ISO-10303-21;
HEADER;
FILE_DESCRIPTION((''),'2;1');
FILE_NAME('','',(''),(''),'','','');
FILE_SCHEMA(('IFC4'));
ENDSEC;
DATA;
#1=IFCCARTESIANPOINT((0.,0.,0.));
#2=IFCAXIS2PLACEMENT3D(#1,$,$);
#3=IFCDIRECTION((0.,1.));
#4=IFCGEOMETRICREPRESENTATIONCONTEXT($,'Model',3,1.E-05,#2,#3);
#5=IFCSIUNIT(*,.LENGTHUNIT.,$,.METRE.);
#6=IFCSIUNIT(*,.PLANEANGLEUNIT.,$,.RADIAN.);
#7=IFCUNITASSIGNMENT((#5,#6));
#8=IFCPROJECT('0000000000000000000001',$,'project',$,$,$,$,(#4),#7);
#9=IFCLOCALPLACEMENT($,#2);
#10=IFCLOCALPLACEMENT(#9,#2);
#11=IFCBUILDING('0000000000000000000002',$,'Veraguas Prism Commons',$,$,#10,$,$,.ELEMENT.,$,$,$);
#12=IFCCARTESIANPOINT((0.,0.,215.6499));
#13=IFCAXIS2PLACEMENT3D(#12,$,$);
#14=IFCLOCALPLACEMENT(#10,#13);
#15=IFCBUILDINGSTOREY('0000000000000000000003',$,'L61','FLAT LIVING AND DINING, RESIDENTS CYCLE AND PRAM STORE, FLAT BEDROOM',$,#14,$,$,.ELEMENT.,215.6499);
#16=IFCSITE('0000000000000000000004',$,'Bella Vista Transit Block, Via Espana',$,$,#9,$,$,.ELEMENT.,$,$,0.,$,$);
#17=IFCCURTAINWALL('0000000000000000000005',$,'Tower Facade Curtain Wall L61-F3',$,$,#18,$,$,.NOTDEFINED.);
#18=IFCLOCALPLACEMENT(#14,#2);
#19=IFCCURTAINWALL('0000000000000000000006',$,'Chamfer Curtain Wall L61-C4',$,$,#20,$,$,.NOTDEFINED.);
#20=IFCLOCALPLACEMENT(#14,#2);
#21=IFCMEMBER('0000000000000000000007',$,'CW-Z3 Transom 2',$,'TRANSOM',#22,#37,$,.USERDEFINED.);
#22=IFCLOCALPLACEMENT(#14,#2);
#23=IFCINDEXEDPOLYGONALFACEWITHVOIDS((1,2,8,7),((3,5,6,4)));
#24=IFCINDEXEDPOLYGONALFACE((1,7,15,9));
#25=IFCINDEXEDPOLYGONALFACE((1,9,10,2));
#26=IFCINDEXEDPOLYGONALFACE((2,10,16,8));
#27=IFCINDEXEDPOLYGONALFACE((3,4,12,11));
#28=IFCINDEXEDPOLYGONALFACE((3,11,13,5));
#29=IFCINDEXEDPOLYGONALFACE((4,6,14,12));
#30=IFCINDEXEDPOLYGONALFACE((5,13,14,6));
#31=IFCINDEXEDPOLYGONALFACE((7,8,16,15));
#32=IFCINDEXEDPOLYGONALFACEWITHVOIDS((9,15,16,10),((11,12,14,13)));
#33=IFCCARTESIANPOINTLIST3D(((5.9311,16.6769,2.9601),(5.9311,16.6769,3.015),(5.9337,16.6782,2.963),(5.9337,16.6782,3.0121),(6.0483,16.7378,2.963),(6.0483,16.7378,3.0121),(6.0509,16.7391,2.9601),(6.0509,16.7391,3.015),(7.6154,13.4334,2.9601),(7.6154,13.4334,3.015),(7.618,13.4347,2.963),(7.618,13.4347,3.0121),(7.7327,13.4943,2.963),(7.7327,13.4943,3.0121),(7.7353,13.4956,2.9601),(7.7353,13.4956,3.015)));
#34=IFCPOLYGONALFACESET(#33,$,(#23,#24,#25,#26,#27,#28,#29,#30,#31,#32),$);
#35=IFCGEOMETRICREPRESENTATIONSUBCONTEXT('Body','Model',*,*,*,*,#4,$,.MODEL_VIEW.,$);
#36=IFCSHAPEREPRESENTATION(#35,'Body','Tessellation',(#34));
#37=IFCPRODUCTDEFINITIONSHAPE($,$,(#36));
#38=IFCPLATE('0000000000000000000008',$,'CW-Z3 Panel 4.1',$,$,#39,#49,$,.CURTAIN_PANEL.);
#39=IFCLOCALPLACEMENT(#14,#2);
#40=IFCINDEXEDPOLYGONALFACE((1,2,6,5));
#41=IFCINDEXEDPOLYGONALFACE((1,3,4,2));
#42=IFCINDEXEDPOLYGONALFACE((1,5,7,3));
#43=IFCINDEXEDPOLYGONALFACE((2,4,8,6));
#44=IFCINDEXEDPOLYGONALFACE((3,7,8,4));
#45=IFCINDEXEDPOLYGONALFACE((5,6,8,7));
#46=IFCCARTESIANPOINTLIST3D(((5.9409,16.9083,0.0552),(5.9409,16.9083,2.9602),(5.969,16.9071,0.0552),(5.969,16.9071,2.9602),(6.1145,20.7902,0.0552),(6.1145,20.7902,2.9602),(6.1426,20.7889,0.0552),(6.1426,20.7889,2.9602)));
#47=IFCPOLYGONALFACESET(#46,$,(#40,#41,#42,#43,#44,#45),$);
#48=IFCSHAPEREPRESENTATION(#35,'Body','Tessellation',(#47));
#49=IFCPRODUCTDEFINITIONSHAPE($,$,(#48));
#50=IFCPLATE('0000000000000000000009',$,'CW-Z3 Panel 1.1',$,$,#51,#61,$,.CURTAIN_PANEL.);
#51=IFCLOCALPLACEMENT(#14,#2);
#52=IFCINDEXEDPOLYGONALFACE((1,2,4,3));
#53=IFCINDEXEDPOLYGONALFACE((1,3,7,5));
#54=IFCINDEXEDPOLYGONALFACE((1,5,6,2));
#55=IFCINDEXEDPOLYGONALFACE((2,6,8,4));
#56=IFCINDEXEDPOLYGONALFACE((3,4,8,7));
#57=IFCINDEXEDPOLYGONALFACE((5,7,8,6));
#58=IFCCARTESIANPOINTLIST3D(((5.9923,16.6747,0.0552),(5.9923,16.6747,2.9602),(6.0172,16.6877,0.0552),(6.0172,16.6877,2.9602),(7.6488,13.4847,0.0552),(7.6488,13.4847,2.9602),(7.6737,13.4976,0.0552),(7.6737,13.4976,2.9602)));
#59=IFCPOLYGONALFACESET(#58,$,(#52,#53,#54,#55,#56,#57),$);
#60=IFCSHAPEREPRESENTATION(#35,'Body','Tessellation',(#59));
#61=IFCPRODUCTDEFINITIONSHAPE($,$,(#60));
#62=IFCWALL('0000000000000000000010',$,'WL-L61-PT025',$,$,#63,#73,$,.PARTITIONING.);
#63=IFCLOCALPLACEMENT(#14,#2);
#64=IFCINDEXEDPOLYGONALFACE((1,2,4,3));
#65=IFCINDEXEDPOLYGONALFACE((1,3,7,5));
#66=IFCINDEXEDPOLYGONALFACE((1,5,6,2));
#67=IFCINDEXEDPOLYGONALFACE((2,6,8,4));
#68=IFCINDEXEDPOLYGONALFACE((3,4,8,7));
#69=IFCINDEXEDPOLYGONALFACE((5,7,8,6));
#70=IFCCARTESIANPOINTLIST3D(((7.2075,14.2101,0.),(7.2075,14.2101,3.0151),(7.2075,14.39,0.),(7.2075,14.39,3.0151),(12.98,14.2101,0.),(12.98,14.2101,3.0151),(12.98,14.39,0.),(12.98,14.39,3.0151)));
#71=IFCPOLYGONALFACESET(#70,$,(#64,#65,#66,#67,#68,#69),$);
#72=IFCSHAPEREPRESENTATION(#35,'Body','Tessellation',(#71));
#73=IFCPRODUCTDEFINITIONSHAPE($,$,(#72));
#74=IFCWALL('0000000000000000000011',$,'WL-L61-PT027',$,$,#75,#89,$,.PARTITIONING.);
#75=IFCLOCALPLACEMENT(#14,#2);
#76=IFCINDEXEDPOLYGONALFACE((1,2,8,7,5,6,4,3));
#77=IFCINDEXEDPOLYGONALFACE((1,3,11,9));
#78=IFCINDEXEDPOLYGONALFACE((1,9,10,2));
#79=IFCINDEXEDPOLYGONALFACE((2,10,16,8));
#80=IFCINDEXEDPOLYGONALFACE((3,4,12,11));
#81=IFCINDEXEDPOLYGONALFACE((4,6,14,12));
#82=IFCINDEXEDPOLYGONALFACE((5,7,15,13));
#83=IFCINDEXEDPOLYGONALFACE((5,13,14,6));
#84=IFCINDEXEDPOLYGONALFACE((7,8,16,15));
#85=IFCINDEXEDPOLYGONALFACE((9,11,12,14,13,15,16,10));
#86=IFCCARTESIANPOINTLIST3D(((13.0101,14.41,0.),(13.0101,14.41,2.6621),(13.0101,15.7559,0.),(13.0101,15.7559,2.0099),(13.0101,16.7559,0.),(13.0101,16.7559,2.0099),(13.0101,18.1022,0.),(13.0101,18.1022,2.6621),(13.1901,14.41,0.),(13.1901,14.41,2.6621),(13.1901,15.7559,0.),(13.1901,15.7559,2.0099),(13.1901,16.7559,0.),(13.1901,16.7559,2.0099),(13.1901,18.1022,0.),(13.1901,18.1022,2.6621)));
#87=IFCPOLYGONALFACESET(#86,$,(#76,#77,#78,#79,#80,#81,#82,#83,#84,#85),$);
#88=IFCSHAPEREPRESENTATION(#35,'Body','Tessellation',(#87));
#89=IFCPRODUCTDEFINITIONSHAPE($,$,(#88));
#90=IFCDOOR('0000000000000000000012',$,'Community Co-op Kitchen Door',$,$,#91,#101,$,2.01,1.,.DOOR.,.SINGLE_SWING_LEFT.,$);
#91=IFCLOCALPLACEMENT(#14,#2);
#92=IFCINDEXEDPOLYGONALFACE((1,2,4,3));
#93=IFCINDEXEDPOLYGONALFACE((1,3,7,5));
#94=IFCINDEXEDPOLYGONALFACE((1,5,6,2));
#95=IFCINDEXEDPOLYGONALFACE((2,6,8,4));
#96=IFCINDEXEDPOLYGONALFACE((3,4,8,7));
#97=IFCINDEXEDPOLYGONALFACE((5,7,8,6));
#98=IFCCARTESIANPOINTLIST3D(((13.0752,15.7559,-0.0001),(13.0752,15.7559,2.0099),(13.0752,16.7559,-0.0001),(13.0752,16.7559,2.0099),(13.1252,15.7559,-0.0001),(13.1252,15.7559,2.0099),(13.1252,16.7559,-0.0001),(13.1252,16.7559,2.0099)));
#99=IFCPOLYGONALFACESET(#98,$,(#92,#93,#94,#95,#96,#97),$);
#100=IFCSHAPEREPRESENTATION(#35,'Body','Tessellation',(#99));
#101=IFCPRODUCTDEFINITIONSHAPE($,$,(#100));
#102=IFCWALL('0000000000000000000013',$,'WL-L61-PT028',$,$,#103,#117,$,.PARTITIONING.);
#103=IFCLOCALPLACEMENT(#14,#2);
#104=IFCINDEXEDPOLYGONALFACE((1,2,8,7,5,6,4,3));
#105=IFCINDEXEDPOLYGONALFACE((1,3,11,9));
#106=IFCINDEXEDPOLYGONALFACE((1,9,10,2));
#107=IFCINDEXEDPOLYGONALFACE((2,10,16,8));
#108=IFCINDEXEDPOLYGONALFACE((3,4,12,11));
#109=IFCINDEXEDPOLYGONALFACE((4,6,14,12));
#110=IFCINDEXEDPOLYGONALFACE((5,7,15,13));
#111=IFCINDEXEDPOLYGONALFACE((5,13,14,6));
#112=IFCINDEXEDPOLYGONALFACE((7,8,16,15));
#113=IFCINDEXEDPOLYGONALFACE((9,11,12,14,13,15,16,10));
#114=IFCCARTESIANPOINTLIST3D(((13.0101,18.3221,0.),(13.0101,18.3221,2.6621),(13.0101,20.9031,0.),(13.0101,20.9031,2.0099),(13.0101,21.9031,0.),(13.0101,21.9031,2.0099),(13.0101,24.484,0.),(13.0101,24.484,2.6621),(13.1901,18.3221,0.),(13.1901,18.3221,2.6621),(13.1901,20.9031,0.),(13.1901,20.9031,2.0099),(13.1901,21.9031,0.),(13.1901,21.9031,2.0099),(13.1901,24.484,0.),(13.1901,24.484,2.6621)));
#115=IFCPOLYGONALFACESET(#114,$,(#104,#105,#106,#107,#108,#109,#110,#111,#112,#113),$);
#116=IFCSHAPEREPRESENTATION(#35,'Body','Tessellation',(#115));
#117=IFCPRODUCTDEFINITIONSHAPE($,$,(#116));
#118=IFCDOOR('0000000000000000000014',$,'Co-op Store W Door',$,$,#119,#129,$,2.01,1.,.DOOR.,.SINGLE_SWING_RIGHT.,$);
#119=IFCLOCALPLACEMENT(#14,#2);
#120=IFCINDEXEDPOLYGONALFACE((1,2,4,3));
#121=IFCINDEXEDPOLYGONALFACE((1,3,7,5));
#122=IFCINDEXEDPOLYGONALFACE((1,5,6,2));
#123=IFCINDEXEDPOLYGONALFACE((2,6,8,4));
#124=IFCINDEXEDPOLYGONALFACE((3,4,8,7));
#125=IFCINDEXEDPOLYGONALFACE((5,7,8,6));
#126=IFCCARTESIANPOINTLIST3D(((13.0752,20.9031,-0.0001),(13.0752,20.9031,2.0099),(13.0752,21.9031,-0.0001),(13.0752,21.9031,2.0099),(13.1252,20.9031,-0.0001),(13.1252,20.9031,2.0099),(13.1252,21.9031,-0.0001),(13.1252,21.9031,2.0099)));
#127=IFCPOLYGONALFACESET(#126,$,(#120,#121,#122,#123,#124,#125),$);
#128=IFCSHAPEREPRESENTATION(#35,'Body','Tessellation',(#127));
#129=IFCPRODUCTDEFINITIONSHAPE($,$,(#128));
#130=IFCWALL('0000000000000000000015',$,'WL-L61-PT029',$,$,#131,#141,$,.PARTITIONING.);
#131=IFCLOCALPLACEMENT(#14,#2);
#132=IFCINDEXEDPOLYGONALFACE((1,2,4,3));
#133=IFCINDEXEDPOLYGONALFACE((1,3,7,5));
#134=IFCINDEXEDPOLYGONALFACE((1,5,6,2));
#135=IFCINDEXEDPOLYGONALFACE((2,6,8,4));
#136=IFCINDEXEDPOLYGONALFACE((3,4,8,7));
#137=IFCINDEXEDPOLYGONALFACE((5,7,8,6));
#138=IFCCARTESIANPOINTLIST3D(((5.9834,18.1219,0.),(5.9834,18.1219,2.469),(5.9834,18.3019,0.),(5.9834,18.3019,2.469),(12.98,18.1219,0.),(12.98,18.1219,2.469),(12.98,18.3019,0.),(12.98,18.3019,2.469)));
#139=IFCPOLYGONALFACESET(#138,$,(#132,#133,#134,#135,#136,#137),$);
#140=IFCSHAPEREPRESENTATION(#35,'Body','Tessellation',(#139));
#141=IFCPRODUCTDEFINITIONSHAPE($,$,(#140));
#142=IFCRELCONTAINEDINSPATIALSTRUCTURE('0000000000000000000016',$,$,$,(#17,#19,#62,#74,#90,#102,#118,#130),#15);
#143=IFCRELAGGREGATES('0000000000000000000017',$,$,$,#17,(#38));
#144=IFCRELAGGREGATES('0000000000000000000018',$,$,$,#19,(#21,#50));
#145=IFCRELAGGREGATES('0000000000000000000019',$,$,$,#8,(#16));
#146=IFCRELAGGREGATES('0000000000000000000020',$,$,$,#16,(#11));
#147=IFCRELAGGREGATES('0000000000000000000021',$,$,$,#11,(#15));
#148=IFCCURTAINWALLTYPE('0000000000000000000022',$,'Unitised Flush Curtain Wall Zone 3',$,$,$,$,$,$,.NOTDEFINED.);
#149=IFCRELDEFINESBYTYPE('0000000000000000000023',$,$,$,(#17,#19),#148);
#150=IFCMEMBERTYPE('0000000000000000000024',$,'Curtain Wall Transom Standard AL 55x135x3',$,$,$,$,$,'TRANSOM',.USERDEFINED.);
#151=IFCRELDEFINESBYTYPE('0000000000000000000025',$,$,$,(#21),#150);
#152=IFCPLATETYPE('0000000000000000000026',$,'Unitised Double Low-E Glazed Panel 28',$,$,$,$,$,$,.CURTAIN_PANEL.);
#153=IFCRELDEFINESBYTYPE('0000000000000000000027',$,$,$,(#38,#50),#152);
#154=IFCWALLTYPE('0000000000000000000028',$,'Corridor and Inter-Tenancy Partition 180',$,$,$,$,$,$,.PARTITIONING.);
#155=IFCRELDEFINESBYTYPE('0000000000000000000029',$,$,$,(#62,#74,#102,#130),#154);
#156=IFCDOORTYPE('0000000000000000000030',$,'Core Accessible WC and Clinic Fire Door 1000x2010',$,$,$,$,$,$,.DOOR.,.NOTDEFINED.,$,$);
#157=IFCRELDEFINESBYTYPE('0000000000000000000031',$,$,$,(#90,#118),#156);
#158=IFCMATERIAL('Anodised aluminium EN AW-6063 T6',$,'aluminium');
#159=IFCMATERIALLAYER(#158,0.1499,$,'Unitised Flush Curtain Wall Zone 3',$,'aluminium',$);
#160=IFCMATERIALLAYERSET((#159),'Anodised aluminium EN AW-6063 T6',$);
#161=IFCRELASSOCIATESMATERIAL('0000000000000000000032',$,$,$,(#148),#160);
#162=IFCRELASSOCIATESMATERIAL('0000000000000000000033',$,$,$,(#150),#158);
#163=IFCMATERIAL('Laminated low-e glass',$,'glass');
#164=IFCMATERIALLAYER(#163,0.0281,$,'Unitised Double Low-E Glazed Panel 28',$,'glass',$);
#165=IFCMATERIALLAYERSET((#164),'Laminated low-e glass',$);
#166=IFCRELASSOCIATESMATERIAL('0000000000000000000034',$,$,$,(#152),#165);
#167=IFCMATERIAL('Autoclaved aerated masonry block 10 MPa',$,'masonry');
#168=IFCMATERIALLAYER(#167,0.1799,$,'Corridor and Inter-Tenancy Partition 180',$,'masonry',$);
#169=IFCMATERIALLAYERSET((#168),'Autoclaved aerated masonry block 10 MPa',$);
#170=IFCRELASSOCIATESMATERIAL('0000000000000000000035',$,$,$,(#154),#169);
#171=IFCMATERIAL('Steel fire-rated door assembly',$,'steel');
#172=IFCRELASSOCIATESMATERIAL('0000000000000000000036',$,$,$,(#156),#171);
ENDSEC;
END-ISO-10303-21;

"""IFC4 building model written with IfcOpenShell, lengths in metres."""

from ifc_helpers import new_model, si_unit, direction, frame, frame_2d, origin, origin_2d, place, context, subcontext, project, spatial, rectangle, hollow_rectangle, extrude, source, transform, mapped, material, layer, layer_set, material_profile, profile_set, type_object, element, fill, aggregate, save


model = new_model("IFC4")

# Units and contexts
model_context = context("Model", 3, precision=1e-05, world=origin(), true_north=direction((0.0, 1.0)))
body_context = subcontext(model_context, "Body", "Model", "MODEL_VIEW")
ifc_project = project(units=[si_unit("LENGTHUNIT", "METRE"), si_unit("PLANEANGLEUNIT", "RADIAN")], contexts=[model_context])

# Site, building, storey
site_placement = place(None, origin())
site = spatial("IfcSite", under=ifc_project, at=site_placement, Name="Bella Vista Transit Block, Via Espana", CompositionType="ELEMENT", RefElevation=0.0)
building_placement = place(site_placement, origin())
building = spatial("IfcBuilding", under=site, at=building_placement, Name="Veraguas Prism Commons", CompositionType="ELEMENT")
storey_placement = place(building_placement, frame((0.0, 0.0, 215.6499)))
storey = spatial("IfcBuildingStorey", under=building, at=storey_placement, Name="L61", Description="FLAT LIVING AND DINING, RESIDENTS CYCLE AND PRAM STORE, FLAT BEDROOM", CompositionType="ELEMENT", Elevation=215.6499)

# Shared definitions
ifc_material_1 = material(Name="Anodised aluminium EN AW-6063 T6", Category="aluminium")
ifc_layer_1 = layer(ifc_material_1, 0.1499, Name="Unitised Flush Curtain Wall Zone 3", Category="aluminium")
ifc_layer_set_1 = layer_set([ifc_layer_1], Name="Anodised aluminium EN AW-6063 T6")
curtain_wall_type = type_object("IfcCurtainWallType", Name="Unitised Flush Curtain Wall Zone 3", PredefinedType="NOTDEFINED", material=ifc_layer_set_1)
ifc_material_profile_1 = material_profile(ifc_material_1, hollow_rectangle(XDim=0.0549, YDim=0.135, WallThickness=0.0029, at=origin_2d()), Name="AL55X135X3")
ifc_profile_set_1 = profile_set([ifc_material_profile_1], Name="Anodised aluminium EN AW-6063 T6")
member_type_1 = type_object("IfcMemberType", Name="Curtain Wall Transom Standard AL 55x135x3", ElementType="TRANSOM", PredefinedType="USERDEFINED", material=ifc_profile_set_1)

# Curtain walls, member
curtain_wall_1_placement = place(storey_placement, origin())
curtain_wall_1 = element("IfcCurtainWall", 1, at=curtain_wall_1_placement, inside=storey, type_object=curtain_wall_type, Name="Tower Facade Curtain Wall L61-F3", PredefinedType="NOTDEFINED")
curtain_wall_2_placement = place(storey_placement, origin())
curtain_wall_2 = element("IfcCurtainWall", 2, at=curtain_wall_2_placement, inside=storey, type_object=curtain_wall_type, Name="Chamfer Curtain Wall L61-C4", PredefinedType="NOTDEFINED")
shared_shape_1 = source(origin(), body_context, "Body", "SweptSolid", [
    extrude(hollow_rectangle(XDim=0.0549, YDim=0.135, WallThickness=0.0029, at=origin_2d()), origin(), (0.0, 0.0, 1.0), 3.6548),
])
member_1_placement = place(storey_placement, frame((5.991, 16.708, 2.9875), z_axis=(0.460869, -0.887468, 0.0), x_axis=(0.0, 0.0, 1.0)))
member_1 = element("IfcMember", 3, at=member_1_placement, type_object=member_type_1, Name="CW-Z3 Transom 2", ObjectType="TRANSOM", PredefinedType="USERDEFINED", context=body_context, shape_type="MappedRepresentation", body=[
    mapped(shared_shape_1, transform((0.0, 0.0, 0.0), scale=1.0)),
])

# Plates
ifc_material_2 = material(Name="Laminated low-e glass", Category="glass")
ifc_layer_2 = layer(ifc_material_2, 0.0281, Name="Unitised Double Low-E Glazed Panel 28", Category="glass")
ifc_layer_set_2 = layer_set([ifc_layer_2], Name="Laminated low-e glass")
plate_type = type_object("IfcPlateType", Name="Unitised Double Low-E Glazed Panel 28", PredefinedType="CURTAIN_PANEL", material=ifc_layer_set_2)
shared_shape_2 = source(origin(), body_context, "Body", "SweptSolid", [
    extrude(rectangle(XDim=3.8857, YDim=0.0281, at=origin_2d()), origin(), (0.0, 0.0, 1.0), 2.905),
])
plate_1_placement = place(storey_placement, frame((6.0417, 18.8486, 0.0552), z_axis=(0.0, 0.0, 1.0), x_axis=(-0.044666, -0.999002, 0.0)))
plate_1 = element("IfcPlate", 4, at=plate_1_placement, type_object=plate_type, Name="CW-Z3 Panel 4.1", PredefinedType="CURTAIN_PANEL", context=body_context, shape_type="MappedRepresentation", body=[
    mapped(shared_shape_2, transform((0.0, 0.0, 0.0), scale=1.0)),
])
aggregate(curtain_wall_1, [plate_1])
shared_shape_3 = source(origin(), body_context, "Body", "SweptSolid", [
    extrude(rectangle(XDim=3.5945, YDim=0.0281, at=origin_2d()), origin(), (0.0, 0.0, 1.0), 2.905),
])
plate_2_placement = place(storey_placement, frame((6.833, 15.0862, 0.0552), z_axis=(0.0, 0.0, 1.0), x_axis=(0.460837, -0.887485, 0.0)))
plate_2 = element("IfcPlate", 5, at=plate_2_placement, type_object=plate_type, Name="CW-Z3 Panel 1.1", PredefinedType="CURTAIN_PANEL", context=body_context, shape_type="MappedRepresentation", body=[
    mapped(shared_shape_3, transform((0.0, 0.0, 0.0), scale=1.0)),
])
aggregate(curtain_wall_2, [member_1, plate_2])

# Wall
ifc_material_3 = material(Name="Autoclaved aerated masonry block 10 MPa", Category="masonry")
ifc_layer_3 = layer(ifc_material_3, 0.1799, Name="Corridor and Inter-Tenancy Partition 180", Category="masonry")
ifc_layer_set_3 = layer_set([ifc_layer_3], Name="Autoclaved aerated masonry block 10 MPa")
wall_type = type_object("IfcWallType", Name="Corridor and Inter-Tenancy Partition 180", PredefinedType="PARTITIONING", material=ifc_layer_set_3)
wall_1_placement = place(storey_placement, frame((12.98, 14.3, 0.0), z_axis=(0.0, 0.0, 1.0), x_axis=(-1.0, 0.0, 0.0)))
element("IfcWall", 6, at=wall_1_placement, inside=storey, type_object=wall_type, Name="WL-L61-PT025", PredefinedType="PARTITIONING", context=body_context, shape_type="SweptSolid", body=[
    extrude(rectangle(XDim=5.7725, YDim=0.1799, at=frame_2d((2.8862, 0.0))), origin(), (0.0, 0.0, 1.0), 3.0151),
])

# Walls, openings, doors
wall_2_placement = place(storey_placement, frame((13.1001, 14.4099, 0.0), z_axis=(0.0, 0.0, 1.0), x_axis=(0.0, 1.0, 0.0)))
wall_2 = element("IfcWall", 7, at=wall_2_placement, inside=storey, type_object=wall_type, Name="WL-L61-PT027", PredefinedType="PARTITIONING", context=body_context, shape_type="SweptSolid", body=[
    extrude(rectangle(XDim=3.6921, YDim=0.1799, at=frame_2d((1.8462, 0.0))), origin(), (0.0, 0.0, 1.0), 2.6621),
])
opening_1_placement = place(wall_2_placement, frame((1.3459, 0.0, 0.0)))
opening_1 = element("IfcOpeningElement", 8, at=opening_1_placement, cuts=wall_2, PredefinedType="OPENING", context=body_context, shape_type="SweptSolid", body=[
    extrude(rectangle(XDim=1.0, YDim=2.01, at=frame_2d((0.5, 1.0049))), frame((0.0, 0.0999, 0.0), z_axis=(0.0, -1.0, 0.0), x_axis=(1.0, 0.0, 0.0)), (0.0, 0.0, 1.0), 0.2),
])
ifc_material_4 = material(Name="Steel fire-rated door assembly", Category="steel")
door_type = type_object("IfcDoorType", Name="Core Accessible WC and Clinic Fire Door 1000x2010", OperationType="NOTDEFINED", PredefinedType="DOOR", material=ifc_material_4)
shared_shape_4 = source(origin(), body_context, "Body", "SweptSolid", [
    extrude(rectangle(XDim=1.0, YDim=2.01, at=frame_2d((0.5, 1.0049))), frame((0.0, 0.0249, 0.0), z_axis=(0.0, -1.0, 0.0), x_axis=(1.0, 0.0, 0.0)), (0.0, 0.0, 1.0), 0.05),
])
door_1_placement = place(opening_1_placement, origin())
door_1 = element("IfcDoor", 9, at=door_1_placement, inside=storey, type_object=door_type, Name="Community Co-op Kitchen Door", OperationType="SINGLE_SWING_LEFT", OverallHeight=2.01, OverallWidth=1.0, PredefinedType="DOOR", context=body_context, shape_type="MappedRepresentation", body=[
    mapped(shared_shape_4, transform((0.0, 0.0, 0.0), scale=1.0)),
])
fill(opening_1, door_1)
wall_3_placement = place(storey_placement, frame((13.1001, 18.322, 0.0), z_axis=(0.0, 0.0, 1.0), x_axis=(0.0, 1.0, 0.0)))
wall_3 = element("IfcWall", 10, at=wall_3_placement, inside=storey, type_object=wall_type, Name="WL-L61-PT028", PredefinedType="PARTITIONING", context=body_context, shape_type="SweptSolid", body=[
    extrude(rectangle(XDim=6.1619, YDim=0.1799, at=frame_2d((3.0811, 0.0))), origin(), (0.0, 0.0, 1.0), 2.6621),
])
opening_2_placement = place(wall_3_placement, frame((2.5811, 0.0, 0.0)))
opening_2 = element("IfcOpeningElement", 11, at=opening_2_placement, cuts=wall_3, PredefinedType="OPENING", context=body_context, shape_type="SweptSolid", body=[
    extrude(rectangle(XDim=1.0, YDim=2.01, at=frame_2d((0.5, 1.0049))), frame((0.0, 0.0999, 0.0), z_axis=(0.0, -1.0, 0.0), x_axis=(1.0, 0.0, 0.0)), (0.0, 0.0, 1.0), 0.2),
])
door_2_placement = place(opening_2_placement, origin())
door_2 = element("IfcDoor", 12, at=door_2_placement, inside=storey, type_object=door_type, Name="Co-op Store W Door", OperationType="SINGLE_SWING_RIGHT", OverallHeight=2.01, OverallWidth=1.0, PredefinedType="DOOR", context=body_context, shape_type="MappedRepresentation", body=[
    mapped(shared_shape_4, transform((0.0, 0.0, 0.0), scale=1.0)),
])
fill(opening_2, door_2)

# Wall
wall_4_placement = place(storey_placement, frame((12.98, 18.2119, 0.0), z_axis=(0.0, 0.0, 1.0), x_axis=(-1.0, 0.0, 0.0)))
element("IfcWall", 13, at=wall_4_placement, inside=storey, type_object=wall_type, Name="WL-L61-PT029", PredefinedType="PARTITIONING", context=body_context, shape_type="SweptSolid", body=[
    extrude(rectangle(XDim=6.9966, YDim=0.1799, at=frame_2d((3.4983, 0.0))), origin(), (0.0, 0.0, 1.0), 2.469),
])

save(model, "model.ifc")
